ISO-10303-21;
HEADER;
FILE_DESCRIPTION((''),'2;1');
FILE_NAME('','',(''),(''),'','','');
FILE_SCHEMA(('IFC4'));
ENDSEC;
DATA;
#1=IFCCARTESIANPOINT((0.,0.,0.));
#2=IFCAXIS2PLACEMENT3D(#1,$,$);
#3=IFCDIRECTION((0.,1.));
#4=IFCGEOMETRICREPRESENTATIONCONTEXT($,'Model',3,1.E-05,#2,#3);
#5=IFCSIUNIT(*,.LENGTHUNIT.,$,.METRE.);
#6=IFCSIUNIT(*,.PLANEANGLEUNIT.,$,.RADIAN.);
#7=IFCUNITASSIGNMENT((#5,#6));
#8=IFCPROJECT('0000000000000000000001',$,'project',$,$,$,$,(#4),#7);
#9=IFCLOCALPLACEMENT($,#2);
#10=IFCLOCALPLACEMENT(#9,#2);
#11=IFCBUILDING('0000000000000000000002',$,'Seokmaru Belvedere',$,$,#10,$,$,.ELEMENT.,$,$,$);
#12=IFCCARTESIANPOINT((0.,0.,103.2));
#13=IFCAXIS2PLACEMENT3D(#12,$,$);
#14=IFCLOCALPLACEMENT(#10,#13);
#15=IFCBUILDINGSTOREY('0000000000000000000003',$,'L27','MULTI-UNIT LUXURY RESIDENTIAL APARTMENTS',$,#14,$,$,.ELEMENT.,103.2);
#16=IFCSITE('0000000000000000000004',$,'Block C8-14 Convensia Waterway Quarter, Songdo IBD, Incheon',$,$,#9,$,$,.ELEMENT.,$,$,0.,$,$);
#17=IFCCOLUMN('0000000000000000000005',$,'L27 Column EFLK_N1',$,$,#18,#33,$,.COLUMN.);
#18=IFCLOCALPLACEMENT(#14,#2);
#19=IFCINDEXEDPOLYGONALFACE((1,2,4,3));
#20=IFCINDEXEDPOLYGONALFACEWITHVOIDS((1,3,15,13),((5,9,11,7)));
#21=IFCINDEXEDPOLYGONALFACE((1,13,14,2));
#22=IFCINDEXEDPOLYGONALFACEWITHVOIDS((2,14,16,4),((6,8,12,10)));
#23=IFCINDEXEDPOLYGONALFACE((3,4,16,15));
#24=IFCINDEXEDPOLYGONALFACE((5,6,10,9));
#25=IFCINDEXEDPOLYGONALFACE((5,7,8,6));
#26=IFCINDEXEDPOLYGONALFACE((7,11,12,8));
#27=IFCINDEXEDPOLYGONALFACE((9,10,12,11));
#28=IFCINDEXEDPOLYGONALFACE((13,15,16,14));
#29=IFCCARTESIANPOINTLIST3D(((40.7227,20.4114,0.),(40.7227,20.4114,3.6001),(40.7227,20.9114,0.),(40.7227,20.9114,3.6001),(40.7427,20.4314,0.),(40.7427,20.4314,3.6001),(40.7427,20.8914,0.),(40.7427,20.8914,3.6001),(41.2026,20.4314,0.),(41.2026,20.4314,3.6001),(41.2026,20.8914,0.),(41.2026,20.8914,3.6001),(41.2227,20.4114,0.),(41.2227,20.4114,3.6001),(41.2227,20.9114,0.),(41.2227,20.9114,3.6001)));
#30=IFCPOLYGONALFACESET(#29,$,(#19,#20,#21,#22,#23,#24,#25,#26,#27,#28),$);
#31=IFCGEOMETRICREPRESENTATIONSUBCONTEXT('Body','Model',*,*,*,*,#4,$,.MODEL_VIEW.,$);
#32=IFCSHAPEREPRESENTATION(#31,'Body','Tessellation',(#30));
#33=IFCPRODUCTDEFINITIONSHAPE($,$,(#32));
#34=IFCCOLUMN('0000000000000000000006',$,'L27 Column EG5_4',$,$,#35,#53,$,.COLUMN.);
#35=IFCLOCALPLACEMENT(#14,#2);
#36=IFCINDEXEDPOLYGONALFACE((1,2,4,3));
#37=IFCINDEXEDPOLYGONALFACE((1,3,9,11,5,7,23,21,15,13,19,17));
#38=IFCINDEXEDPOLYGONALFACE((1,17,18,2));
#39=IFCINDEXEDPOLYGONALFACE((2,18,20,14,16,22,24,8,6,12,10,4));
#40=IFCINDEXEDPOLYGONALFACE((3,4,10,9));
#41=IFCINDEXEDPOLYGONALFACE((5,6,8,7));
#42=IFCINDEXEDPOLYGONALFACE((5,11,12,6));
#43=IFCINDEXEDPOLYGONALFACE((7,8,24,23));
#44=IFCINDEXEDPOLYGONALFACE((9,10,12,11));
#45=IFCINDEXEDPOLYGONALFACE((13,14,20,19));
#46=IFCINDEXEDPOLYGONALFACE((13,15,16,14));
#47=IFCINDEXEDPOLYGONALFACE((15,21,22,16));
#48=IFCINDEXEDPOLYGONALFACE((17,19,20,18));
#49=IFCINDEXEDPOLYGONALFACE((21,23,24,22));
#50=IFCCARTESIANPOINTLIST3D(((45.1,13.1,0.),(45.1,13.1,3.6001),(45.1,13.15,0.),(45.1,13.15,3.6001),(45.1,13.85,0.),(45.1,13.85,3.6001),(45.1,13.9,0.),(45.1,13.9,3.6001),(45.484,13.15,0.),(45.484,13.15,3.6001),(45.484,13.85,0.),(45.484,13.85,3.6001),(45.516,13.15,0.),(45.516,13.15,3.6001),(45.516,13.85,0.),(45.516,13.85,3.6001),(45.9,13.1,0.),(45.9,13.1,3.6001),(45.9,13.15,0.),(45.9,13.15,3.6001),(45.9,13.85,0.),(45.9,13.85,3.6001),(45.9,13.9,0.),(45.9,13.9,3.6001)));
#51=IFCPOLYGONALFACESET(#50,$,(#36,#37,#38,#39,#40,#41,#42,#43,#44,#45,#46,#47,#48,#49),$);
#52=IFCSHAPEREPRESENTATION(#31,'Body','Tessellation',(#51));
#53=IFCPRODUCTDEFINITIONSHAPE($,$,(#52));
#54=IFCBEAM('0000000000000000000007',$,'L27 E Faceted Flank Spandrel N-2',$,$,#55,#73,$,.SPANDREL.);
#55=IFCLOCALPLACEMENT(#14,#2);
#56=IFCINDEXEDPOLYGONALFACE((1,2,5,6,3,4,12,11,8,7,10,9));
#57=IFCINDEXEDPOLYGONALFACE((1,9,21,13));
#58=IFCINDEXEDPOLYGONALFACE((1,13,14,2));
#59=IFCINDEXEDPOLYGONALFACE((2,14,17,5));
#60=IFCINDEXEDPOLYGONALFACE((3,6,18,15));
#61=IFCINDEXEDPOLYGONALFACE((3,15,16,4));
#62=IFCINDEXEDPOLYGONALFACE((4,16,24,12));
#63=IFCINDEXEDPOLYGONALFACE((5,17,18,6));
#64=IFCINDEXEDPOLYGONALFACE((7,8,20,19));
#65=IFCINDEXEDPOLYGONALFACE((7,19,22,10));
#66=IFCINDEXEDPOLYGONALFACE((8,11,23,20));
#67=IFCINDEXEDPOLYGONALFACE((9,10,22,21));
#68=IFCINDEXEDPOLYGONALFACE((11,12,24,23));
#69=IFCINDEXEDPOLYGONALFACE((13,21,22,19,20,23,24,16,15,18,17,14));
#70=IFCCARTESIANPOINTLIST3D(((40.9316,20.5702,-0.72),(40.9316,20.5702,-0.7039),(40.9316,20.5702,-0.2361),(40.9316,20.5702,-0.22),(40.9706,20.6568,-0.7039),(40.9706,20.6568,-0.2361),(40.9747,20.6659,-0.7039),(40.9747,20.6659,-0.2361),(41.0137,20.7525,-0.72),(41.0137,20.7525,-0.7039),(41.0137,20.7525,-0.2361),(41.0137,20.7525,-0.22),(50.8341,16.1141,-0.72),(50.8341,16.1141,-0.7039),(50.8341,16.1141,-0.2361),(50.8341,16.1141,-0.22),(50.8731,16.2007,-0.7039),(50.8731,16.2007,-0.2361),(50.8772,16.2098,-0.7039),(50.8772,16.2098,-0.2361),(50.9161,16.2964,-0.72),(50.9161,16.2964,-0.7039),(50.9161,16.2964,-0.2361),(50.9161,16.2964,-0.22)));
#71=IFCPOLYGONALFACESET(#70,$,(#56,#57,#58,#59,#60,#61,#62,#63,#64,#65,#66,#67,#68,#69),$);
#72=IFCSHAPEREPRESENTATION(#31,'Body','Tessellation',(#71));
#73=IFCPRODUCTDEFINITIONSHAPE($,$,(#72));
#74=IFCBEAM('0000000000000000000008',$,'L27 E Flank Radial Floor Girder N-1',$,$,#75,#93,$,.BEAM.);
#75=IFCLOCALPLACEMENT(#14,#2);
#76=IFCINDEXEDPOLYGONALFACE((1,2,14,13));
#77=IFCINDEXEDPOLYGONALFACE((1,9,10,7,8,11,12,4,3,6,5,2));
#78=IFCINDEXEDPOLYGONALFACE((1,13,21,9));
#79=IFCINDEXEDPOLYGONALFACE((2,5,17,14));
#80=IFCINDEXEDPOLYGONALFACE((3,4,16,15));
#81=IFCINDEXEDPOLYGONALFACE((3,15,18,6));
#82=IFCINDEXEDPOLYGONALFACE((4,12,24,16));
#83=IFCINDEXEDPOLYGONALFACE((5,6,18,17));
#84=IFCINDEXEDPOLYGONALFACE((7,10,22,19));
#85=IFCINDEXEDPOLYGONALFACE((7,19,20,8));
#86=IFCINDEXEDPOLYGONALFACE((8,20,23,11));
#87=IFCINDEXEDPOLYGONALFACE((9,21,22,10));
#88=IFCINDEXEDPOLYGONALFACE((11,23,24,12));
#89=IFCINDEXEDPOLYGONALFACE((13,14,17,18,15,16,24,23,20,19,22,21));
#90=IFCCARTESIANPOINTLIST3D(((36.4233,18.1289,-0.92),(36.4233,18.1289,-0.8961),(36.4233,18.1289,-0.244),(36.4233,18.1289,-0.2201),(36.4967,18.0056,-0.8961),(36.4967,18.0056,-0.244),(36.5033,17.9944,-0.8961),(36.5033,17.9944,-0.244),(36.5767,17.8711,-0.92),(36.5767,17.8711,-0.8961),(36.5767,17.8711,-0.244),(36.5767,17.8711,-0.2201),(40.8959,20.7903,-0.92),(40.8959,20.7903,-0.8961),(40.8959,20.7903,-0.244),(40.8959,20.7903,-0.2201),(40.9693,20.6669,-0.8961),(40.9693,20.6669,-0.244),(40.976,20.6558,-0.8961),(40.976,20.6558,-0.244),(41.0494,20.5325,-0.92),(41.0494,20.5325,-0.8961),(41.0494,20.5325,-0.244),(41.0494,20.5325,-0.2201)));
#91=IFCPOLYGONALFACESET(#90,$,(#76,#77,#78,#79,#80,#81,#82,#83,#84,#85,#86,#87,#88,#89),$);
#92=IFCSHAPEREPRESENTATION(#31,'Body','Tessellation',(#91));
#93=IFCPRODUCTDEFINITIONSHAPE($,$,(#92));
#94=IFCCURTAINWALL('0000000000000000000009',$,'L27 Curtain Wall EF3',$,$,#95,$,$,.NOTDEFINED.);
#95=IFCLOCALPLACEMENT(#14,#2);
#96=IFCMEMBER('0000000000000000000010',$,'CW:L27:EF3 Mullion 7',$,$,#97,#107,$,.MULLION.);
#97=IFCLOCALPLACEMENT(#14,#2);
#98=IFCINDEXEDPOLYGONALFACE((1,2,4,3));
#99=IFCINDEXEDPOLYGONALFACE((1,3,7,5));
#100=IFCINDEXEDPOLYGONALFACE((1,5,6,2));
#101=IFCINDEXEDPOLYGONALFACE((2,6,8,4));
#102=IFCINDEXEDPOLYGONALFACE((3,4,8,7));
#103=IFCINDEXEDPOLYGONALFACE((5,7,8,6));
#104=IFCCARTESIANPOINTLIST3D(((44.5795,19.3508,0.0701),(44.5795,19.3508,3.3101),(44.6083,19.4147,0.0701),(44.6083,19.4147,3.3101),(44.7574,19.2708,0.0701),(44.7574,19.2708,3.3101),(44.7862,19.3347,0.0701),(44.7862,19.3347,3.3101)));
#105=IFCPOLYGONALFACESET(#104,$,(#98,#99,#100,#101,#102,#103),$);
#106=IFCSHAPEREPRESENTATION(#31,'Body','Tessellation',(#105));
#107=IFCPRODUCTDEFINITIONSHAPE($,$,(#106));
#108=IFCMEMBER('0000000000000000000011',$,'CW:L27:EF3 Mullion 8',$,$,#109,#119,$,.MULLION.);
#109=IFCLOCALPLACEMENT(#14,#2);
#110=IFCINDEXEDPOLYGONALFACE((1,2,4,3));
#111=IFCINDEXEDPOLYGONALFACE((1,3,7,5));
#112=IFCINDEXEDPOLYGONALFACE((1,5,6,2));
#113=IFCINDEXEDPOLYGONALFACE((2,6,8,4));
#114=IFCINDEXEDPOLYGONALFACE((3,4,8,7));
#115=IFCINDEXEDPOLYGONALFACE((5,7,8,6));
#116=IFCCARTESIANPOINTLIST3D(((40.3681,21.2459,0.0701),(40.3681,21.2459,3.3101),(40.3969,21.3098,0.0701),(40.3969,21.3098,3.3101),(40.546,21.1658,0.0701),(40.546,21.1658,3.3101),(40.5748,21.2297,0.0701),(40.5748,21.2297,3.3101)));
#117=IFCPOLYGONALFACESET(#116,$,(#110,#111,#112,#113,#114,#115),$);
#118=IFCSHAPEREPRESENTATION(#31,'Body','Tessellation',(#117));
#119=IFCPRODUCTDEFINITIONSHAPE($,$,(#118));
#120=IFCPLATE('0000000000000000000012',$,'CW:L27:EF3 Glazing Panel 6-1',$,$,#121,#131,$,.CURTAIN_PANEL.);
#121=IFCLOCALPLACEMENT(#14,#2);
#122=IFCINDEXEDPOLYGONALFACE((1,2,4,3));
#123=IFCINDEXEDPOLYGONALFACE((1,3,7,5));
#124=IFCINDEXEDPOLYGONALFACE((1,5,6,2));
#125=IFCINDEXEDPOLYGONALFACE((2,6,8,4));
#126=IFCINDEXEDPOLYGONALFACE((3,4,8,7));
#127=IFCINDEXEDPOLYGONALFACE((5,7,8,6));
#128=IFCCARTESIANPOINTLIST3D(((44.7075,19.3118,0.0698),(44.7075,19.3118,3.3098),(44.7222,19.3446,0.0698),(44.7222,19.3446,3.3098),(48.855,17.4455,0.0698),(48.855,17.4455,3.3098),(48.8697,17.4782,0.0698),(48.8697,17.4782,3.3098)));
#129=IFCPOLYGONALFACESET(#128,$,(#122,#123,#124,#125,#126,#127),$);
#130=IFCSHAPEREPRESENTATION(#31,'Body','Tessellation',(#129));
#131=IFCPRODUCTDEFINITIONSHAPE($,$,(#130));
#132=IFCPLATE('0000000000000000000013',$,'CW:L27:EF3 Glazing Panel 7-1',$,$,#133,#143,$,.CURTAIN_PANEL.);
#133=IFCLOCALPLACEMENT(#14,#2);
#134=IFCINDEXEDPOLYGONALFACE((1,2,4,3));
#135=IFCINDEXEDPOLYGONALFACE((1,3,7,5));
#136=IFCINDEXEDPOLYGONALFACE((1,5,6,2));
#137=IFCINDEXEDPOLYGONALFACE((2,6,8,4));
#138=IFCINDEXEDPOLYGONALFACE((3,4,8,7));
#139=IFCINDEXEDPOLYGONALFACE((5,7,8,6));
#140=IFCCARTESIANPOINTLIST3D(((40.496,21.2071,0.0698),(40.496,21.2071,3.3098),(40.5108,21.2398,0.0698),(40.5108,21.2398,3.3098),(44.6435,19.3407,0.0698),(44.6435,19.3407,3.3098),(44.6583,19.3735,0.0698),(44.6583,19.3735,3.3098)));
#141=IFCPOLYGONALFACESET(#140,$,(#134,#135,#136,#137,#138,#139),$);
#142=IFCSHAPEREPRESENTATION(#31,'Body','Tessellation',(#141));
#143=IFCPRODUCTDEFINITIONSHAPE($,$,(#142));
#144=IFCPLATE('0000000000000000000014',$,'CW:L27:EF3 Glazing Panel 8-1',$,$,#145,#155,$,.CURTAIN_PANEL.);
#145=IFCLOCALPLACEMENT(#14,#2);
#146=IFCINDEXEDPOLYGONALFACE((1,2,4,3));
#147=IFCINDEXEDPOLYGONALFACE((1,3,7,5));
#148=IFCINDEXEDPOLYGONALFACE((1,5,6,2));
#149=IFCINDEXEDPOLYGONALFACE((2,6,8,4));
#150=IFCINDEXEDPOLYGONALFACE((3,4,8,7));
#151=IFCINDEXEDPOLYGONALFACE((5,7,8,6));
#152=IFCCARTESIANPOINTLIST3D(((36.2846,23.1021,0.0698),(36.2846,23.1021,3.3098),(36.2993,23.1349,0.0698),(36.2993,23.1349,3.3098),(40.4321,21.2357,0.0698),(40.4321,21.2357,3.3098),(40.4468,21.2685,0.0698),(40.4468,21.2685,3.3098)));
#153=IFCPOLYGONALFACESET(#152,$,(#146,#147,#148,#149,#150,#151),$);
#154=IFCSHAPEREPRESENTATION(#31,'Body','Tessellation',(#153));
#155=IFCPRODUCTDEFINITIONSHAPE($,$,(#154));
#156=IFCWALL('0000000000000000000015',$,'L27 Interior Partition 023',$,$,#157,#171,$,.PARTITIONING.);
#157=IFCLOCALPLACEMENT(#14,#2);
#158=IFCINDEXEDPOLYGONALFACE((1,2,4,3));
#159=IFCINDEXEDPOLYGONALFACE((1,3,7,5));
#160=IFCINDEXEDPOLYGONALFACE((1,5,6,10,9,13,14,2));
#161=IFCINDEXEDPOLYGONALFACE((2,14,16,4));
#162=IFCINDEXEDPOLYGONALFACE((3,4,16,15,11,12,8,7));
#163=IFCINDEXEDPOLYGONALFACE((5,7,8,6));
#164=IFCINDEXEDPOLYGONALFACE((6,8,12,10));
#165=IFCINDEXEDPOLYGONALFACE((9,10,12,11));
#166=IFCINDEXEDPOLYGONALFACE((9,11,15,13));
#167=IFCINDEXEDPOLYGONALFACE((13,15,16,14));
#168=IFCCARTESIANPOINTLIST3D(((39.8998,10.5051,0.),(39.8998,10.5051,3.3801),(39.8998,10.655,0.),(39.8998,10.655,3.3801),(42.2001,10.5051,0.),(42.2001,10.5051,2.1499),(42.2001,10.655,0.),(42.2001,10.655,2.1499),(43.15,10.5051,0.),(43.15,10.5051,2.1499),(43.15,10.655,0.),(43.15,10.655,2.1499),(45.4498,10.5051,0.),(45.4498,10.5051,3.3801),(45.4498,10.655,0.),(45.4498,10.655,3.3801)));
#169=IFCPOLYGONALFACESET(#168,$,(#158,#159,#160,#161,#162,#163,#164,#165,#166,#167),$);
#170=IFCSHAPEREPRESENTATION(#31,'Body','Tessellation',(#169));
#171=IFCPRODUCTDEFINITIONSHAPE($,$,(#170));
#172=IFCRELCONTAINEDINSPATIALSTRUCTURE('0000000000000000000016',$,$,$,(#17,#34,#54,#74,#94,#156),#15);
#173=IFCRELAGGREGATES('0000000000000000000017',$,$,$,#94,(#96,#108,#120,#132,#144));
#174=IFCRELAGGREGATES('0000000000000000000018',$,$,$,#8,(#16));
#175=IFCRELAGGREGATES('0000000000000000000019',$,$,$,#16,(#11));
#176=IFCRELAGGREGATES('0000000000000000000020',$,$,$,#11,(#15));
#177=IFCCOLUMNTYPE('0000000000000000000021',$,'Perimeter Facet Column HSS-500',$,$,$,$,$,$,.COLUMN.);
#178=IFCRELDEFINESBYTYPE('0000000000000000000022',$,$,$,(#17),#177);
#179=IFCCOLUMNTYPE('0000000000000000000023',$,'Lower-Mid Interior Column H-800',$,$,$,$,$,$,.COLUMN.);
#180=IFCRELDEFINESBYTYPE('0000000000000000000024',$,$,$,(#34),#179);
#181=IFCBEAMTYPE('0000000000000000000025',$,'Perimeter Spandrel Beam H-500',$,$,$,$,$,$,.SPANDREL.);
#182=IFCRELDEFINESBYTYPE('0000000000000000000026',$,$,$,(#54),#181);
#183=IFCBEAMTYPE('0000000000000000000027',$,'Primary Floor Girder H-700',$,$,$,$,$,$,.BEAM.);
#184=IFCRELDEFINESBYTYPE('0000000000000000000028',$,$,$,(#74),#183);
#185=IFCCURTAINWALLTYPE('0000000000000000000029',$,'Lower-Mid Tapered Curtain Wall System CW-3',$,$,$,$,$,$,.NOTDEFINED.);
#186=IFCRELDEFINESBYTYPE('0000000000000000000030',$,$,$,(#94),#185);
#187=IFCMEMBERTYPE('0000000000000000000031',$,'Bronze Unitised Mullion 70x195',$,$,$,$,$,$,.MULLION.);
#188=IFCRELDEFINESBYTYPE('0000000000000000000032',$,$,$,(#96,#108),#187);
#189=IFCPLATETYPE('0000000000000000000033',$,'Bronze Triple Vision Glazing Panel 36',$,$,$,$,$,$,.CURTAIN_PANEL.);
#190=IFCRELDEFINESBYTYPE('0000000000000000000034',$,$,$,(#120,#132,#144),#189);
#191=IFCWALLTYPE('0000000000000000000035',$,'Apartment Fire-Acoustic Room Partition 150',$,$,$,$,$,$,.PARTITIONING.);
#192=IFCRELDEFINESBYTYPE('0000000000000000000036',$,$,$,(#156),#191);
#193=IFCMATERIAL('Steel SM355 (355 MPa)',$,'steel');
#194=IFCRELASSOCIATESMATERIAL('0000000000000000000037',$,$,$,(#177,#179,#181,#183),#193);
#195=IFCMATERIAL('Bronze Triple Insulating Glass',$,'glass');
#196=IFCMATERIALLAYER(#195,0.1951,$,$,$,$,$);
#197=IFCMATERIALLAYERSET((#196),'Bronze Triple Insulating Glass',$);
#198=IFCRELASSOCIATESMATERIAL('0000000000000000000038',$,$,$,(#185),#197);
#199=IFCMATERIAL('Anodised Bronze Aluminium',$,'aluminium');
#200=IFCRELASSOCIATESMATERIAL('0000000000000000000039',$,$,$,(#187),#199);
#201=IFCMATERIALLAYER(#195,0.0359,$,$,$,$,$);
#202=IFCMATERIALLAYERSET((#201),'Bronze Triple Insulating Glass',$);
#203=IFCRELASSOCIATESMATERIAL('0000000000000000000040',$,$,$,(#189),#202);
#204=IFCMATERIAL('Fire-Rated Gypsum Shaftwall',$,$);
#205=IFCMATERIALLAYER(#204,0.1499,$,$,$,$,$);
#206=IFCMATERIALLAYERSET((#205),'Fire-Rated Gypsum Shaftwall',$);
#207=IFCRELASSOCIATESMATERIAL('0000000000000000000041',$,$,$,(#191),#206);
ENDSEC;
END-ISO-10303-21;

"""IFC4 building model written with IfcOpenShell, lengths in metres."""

from ifc_helpers import new_model, si_unit, direction, frame, frame_2d, origin, origin_2d, place, context, subcontext, project, spatial, rectangle, hollow_rectangle, i_section, extrude, source, transform, mapped, material, layer, layer_set, material_profile, profile_set, type_object, type_shapes, element, aggregate, save


model = new_model("IFC4")

# Units and contexts
model_context = context("Model", 3, precision=1e-05, world=origin(), true_north=direction((0.0, 1.0)))
body_context = subcontext(model_context, "Body", "Model", "MODEL_VIEW")
ifc_project = project(units=[si_unit("LENGTHUNIT", "METRE"), si_unit("PLANEANGLEUNIT", "RADIAN")], contexts=[model_context])

# Site, building, storey
site_placement = place(None, origin())
site = spatial("IfcSite", under=ifc_project, at=site_placement, Name="Block C8-14 Convensia Waterway Quarter, Songdo IBD, Incheon", CompositionType="ELEMENT", RefElevation=0.0)
building_placement = place(site_placement, origin())
building = spatial("IfcBuilding", under=site, at=building_placement, Name="Seokmaru Belvedere", CompositionType="ELEMENT")
storey_placement = place(building_placement, frame((0.0, 0.0, 103.2)))
storey = spatial("IfcBuildingStorey", under=building, at=storey_placement, Name="L27", Description="MULTI-UNIT LUXURY RESIDENTIAL APARTMENTS", CompositionType="ELEMENT", Elevation=103.2)

# Columns
ifc_material_1 = material(Name="Steel SM355 (355 MPa)", Category="steel")
ifc_material_profile_1 = material_profile(ifc_material_1, hollow_rectangle(XDim=0.5, YDim=0.5, WallThickness=0.02, at=origin_2d()), Name="HSS-500x500x20")
ifc_profile_set_1 = profile_set([ifc_material_profile_1], Name="Steel SM355 (355 MPa)")
column_type_1 = type_object("IfcColumnType", Name="Perimeter Facet Column HSS-500", PredefinedType="COLUMN", material=ifc_profile_set_1)
shared_shape_1 = source(origin(), body_context, "Body", "SweptSolid", [
    extrude(hollow_rectangle(XDim=0.5, YDim=0.5, WallThickness=0.02, at=origin_2d()), origin(), (0.0, 0.0, 1.0), 3.6001),
])
type_shapes(column_type_1, [shared_shape_1])
column_1_placement = place(storey_placement, frame((40.9727, 20.6614, 0.0), z_axis=(0.0, 0.0, 1.0), x_axis=(1.0, 0.0, 0.0)))
element("IfcColumn", 1, at=column_1_placement, inside=storey, type_object=column_type_1, Name="L27 Column EFLK_N1", PredefinedType="COLUMN", context=body_context, shape_type="MappedRepresentation", body=[
    mapped(shared_shape_1, transform((0.0, 0.0, 0.0), scale=1.0)),
])
ifc_material_profile_2 = material_profile(ifc_material_1, i_section(OverallWidth=0.8, OverallDepth=0.8, WebThickness=0.032, FlangeThickness=0.05, at=origin_2d()), Name="H-800x800x32x50")
ifc_profile_set_2 = profile_set([ifc_material_profile_2], Name="Steel SM355 (355 MPa)")
column_type_2 = type_object("IfcColumnType", Name="Lower-Mid Interior Column H-800", PredefinedType="COLUMN", material=ifc_profile_set_2)
shared_shape_2 = source(origin(), body_context, "Body", "SweptSolid", [
    extrude(i_section(OverallWidth=0.8, OverallDepth=0.8, WebThickness=0.032, FlangeThickness=0.05, at=origin_2d()), origin(), (0.0, 0.0, 1.0), 3.6001),
])
type_shapes(column_type_2, [shared_shape_2])
column_2_placement = place(storey_placement, frame((45.5, 13.5, 0.0), z_axis=(0.0, 0.0, 1.0), x_axis=(1.0, 0.0, 0.0)))
element("IfcColumn", 2, at=column_2_placement, inside=storey, type_object=column_type_2, Name="L27 Column EG5_4", PredefinedType="COLUMN", context=body_context, shape_type="MappedRepresentation", body=[
    mapped(shared_shape_2, transform((0.0, 0.0, 0.0), scale=1.0)),
])

# Beams
ifc_material_profile_3 = material_profile(ifc_material_1, i_section(OverallWidth=0.2, OverallDepth=0.5, WebThickness=0.01, FlangeThickness=0.0161, at=origin_2d()), Name="H-500x200x10x16")
ifc_profile_set_3 = profile_set([ifc_material_profile_3], Name="Steel SM355 (355 MPa)")
beam_type_1 = type_object("IfcBeamType", Name="Perimeter Spandrel Beam H-500", PredefinedType="SPANDREL", material=ifc_profile_set_3)
shared_shape_3 = source(origin(), body_context, "Body", "SweptSolid", [
    extrude(i_section(OverallWidth=0.2, OverallDepth=0.5, WebThickness=0.01, FlangeThickness=0.0161, at=origin_2d()), origin(), (0.0, 0.0, 1.0), 10.8589),
])
type_shapes(beam_type_1, [shared_shape_3])
beam_1_placement = place(storey_placement, frame((40.9727, 20.6614, -0.47), z_axis=(0.911922, -0.410365, 0.0), x_axis=(0.410365, 0.911922, 0.0)))
element("IfcBeam", 3, at=beam_1_placement, inside=storey, type_object=beam_type_1, Name="L27 E Faceted Flank Spandrel N-2", PredefinedType="SPANDREL", context=body_context, shape_type="MappedRepresentation", body=[
    mapped(shared_shape_3, transform((0.0, 0.0, 0.0), scale=1.0)),
])
ifc_material_profile_4 = material_profile(ifc_material_1, i_section(OverallWidth=0.3, OverallDepth=0.7, WebThickness=0.0129, FlangeThickness=0.0239, at=origin_2d()), Name="H-700x300x13x24")
ifc_profile_set_4 = profile_set([ifc_material_profile_4], Name="Steel SM355 (355 MPa)")
beam_type_2 = type_object("IfcBeamType", Name="Primary Floor Girder H-700", PredefinedType="BEAM", material=ifc_profile_set_4)
shared_shape_4 = source(origin(), body_context, "Body", "SweptSolid", [
    extrude(i_section(OverallWidth=0.3, OverallDepth=0.7, WebThickness=0.0129, FlangeThickness=0.0239, at=origin_2d()), origin(), (0.0, 0.0, 1.0), 5.2046),
])
type_shapes(beam_type_2, [shared_shape_4])
beam_2_placement = place(storey_placement, frame((40.9727, 20.6614, -0.5701), z_axis=(-0.85937, -0.511354, 0.0), x_axis=(0.511354, -0.85937, 0.0)))
element("IfcBeam", 4, at=beam_2_placement, inside=storey, type_object=beam_type_2, Name="L27 E Flank Radial Floor Girder N-1", PredefinedType="BEAM", context=body_context, shape_type="MappedRepresentation", body=[
    mapped(shared_shape_4, transform((0.0, 0.0, 0.0), scale=1.0)),
])

# Curtain wall, members, plates
ifc_material_2 = material(Name="Bronze Triple Insulating Glass", Category="glass")
ifc_layer_1 = layer(ifc_material_2, 0.1951)
ifc_layer_set_1 = layer_set([ifc_layer_1], Name="Bronze Triple Insulating Glass")
curtain_wall_type = type_object("IfcCurtainWallType", Name="Lower-Mid Tapered Curtain Wall System CW-3", PredefinedType="NOTDEFINED", material=ifc_layer_set_1)
curtain_wall_placement = place(storey_placement, origin())
curtain_wall = element("IfcCurtainWall", 5, at=curtain_wall_placement, inside=storey, type_object=curtain_wall_type, Name="L27 Curtain Wall EF3", PredefinedType="NOTDEFINED")
ifc_material_3 = material(Name="Anodised Bronze Aluminium", Category="aluminium")
ifc_material_profile_5 = material_profile(ifc_material_3, rectangle(XDim=0.0701, YDim=0.1951, at=origin_2d()), Name="CW-M-70x195")
ifc_profile_set_5 = profile_set([ifc_material_profile_5], Name="Anodised Bronze Aluminium")
member_type = type_object("IfcMemberType", Name="Bronze Unitised Mullion 70x195", PredefinedType="MULLION", material=ifc_profile_set_5)
shared_shape_5 = source(origin(), body_context, "Body", "SweptSolid", [
    extrude(rectangle(XDim=0.0701, YDim=0.1951, at=origin_2d()), origin(), (0.0, 0.0, 1.0), 3.24),
])
type_shapes(member_type, [shared_shape_5])
member_1_placement = place(storey_placement, frame((44.6829, 19.3428, 0.0701), z_axis=(0.0, 0.0, 1.0), x_axis=(-0.410366, -0.911921, 0.0)))
member_1 = element("IfcMember", 6, at=member_1_placement, type_object=member_type, Name="CW:L27:EF3 Mullion 7", PredefinedType="MULLION", context=body_context, shape_type="MappedRepresentation", body=[
    mapped(shared_shape_5, transform((0.0, 0.0, 0.0), scale=1.0)),
])
member_2_placement = place(storey_placement, frame((40.4714, 21.2378, 0.0701), z_axis=(0.0, 0.0, 1.0), x_axis=(-0.410366, -0.911921, 0.0)))
member_2 = element("IfcMember", 7, at=member_2_placement, type_object=member_type, Name="CW:L27:EF3 Mullion 8", PredefinedType="MULLION", context=body_context, shape_type="MappedRepresentation", body=[
    mapped(shared_shape_5, transform((0.0, 0.0, 0.0), scale=1.0)),
])
ifc_layer_2 = layer(ifc_material_2, 0.0359)
ifc_layer_set_2 = layer_set([ifc_layer_2], Name="Bronze Triple Insulating Glass")
plate_type = type_object("IfcPlateType", Name="Bronze Triple Vision Glazing Panel 36", PredefinedType="CURTAIN_PANEL", material=ifc_layer_set_2)
shared_shape_6 = source(origin(), body_context, "Body", "SweptSolid", [
    extrude(rectangle(XDim=4.5481, YDim=0.0359, at=origin_2d()), origin(), (0.0, 0.0, 1.0), 3.24),
])
type_shapes(plate_type, [shared_shape_6])
plate_1_placement = place(storey_placement, frame((46.7886, 18.395, 0.0698), z_axis=(0.0, 0.0, 1.0), x_axis=(-0.911921, 0.410366, 0.0)))
plate_1 = element("IfcPlate", 8, at=plate_1_placement, type_object=plate_type, Name="CW:L27:EF3 Glazing Panel 6-1", PredefinedType="CURTAIN_PANEL", context=body_context, shape_type="MappedRepresentation", body=[
    mapped(shared_shape_6, transform((0.0, 0.0, 0.0), scale=1.0)),
])
plate_2_placement = place(storey_placement, frame((42.5771, 20.2903, 0.0698), z_axis=(0.0, 0.0, 1.0), x_axis=(-0.911921, 0.410366, 0.0)))
plate_2 = element("IfcPlate", 9, at=plate_2_placement, type_object=plate_type, Name="CW:L27:EF3 Glazing Panel 7-1", PredefinedType="CURTAIN_PANEL", context=body_context, shape_type="MappedRepresentation", body=[
    mapped(shared_shape_6, transform((0.0, 0.0, 0.0), scale=1.0)),
])
plate_3_placement = place(storey_placement, frame((38.3657, 22.1853, 0.0698), z_axis=(0.0, 0.0, 1.0), x_axis=(-0.911921, 0.410366, 0.0)))
plate_3 = element("IfcPlate", 10, at=plate_3_placement, type_object=plate_type, Name="CW:L27:EF3 Glazing Panel 8-1", PredefinedType="CURTAIN_PANEL", context=body_context, shape_type="MappedRepresentation", body=[
    mapped(shared_shape_6, transform((0.0, 0.0, 0.0), scale=1.0)),
])
aggregate(curtain_wall, [member_1, member_2, plate_1, plate_2, plate_3])

# Wall, opening
ifc_material_4 = material(Name="Fire-Rated Gypsum Shaftwall")
ifc_layer_3 = layer(ifc_material_4, 0.1499)
ifc_layer_set_3 = layer_set([ifc_layer_3], Name="Fire-Rated Gypsum Shaftwall")
wall_type_1 = type_object("IfcWallType", Name="Apartment Fire-Acoustic Room Partition 150", PredefinedType="PARTITIONING", material=ifc_layer_set_3)
wall_1_placement = place(storey_placement, frame((39.8999, 10.5801, 0.0), z_axis=(0.0, 0.0, 1.0), x_axis=(1.0, 0.0, 0.0)))
wall_1 = element("IfcWall", 11, at=wall_1_placement, inside=storey, type_object=wall_type_1, Name="L27 Interior Partition 023", PredefinedType="PARTITIONING", context=body_context, shape_type="SweptSolid", body=[
    extrude(rectangle(XDim=5.55, YDim=0.1499, at=frame_2d((2.7749, 0.0))), origin(), (0.0, 0.0, 1.0), 3.3801),
])
opening_1_placement = place(wall_1_placement, frame((2.3, 0.0, 0.0)))
element("IfcOpeningElement", 12, at=opening_1_placement, cuts=wall_1, PredefinedType="OPENING", context=body_context, shape_type="SweptSolid", body=[
    extrude(rectangle(XDim=0.95, YDim=2.1499, at=frame_2d((0.4751, 1.075))), frame((0.0, 0.085, 0.0), z_axis=(0.0, -1.0, 0.0), x_axis=(1.0, 0.0, 0.0)), (0.0, 0.0, 1.0), 0.1699),
])

save(model, "model.ifc")
